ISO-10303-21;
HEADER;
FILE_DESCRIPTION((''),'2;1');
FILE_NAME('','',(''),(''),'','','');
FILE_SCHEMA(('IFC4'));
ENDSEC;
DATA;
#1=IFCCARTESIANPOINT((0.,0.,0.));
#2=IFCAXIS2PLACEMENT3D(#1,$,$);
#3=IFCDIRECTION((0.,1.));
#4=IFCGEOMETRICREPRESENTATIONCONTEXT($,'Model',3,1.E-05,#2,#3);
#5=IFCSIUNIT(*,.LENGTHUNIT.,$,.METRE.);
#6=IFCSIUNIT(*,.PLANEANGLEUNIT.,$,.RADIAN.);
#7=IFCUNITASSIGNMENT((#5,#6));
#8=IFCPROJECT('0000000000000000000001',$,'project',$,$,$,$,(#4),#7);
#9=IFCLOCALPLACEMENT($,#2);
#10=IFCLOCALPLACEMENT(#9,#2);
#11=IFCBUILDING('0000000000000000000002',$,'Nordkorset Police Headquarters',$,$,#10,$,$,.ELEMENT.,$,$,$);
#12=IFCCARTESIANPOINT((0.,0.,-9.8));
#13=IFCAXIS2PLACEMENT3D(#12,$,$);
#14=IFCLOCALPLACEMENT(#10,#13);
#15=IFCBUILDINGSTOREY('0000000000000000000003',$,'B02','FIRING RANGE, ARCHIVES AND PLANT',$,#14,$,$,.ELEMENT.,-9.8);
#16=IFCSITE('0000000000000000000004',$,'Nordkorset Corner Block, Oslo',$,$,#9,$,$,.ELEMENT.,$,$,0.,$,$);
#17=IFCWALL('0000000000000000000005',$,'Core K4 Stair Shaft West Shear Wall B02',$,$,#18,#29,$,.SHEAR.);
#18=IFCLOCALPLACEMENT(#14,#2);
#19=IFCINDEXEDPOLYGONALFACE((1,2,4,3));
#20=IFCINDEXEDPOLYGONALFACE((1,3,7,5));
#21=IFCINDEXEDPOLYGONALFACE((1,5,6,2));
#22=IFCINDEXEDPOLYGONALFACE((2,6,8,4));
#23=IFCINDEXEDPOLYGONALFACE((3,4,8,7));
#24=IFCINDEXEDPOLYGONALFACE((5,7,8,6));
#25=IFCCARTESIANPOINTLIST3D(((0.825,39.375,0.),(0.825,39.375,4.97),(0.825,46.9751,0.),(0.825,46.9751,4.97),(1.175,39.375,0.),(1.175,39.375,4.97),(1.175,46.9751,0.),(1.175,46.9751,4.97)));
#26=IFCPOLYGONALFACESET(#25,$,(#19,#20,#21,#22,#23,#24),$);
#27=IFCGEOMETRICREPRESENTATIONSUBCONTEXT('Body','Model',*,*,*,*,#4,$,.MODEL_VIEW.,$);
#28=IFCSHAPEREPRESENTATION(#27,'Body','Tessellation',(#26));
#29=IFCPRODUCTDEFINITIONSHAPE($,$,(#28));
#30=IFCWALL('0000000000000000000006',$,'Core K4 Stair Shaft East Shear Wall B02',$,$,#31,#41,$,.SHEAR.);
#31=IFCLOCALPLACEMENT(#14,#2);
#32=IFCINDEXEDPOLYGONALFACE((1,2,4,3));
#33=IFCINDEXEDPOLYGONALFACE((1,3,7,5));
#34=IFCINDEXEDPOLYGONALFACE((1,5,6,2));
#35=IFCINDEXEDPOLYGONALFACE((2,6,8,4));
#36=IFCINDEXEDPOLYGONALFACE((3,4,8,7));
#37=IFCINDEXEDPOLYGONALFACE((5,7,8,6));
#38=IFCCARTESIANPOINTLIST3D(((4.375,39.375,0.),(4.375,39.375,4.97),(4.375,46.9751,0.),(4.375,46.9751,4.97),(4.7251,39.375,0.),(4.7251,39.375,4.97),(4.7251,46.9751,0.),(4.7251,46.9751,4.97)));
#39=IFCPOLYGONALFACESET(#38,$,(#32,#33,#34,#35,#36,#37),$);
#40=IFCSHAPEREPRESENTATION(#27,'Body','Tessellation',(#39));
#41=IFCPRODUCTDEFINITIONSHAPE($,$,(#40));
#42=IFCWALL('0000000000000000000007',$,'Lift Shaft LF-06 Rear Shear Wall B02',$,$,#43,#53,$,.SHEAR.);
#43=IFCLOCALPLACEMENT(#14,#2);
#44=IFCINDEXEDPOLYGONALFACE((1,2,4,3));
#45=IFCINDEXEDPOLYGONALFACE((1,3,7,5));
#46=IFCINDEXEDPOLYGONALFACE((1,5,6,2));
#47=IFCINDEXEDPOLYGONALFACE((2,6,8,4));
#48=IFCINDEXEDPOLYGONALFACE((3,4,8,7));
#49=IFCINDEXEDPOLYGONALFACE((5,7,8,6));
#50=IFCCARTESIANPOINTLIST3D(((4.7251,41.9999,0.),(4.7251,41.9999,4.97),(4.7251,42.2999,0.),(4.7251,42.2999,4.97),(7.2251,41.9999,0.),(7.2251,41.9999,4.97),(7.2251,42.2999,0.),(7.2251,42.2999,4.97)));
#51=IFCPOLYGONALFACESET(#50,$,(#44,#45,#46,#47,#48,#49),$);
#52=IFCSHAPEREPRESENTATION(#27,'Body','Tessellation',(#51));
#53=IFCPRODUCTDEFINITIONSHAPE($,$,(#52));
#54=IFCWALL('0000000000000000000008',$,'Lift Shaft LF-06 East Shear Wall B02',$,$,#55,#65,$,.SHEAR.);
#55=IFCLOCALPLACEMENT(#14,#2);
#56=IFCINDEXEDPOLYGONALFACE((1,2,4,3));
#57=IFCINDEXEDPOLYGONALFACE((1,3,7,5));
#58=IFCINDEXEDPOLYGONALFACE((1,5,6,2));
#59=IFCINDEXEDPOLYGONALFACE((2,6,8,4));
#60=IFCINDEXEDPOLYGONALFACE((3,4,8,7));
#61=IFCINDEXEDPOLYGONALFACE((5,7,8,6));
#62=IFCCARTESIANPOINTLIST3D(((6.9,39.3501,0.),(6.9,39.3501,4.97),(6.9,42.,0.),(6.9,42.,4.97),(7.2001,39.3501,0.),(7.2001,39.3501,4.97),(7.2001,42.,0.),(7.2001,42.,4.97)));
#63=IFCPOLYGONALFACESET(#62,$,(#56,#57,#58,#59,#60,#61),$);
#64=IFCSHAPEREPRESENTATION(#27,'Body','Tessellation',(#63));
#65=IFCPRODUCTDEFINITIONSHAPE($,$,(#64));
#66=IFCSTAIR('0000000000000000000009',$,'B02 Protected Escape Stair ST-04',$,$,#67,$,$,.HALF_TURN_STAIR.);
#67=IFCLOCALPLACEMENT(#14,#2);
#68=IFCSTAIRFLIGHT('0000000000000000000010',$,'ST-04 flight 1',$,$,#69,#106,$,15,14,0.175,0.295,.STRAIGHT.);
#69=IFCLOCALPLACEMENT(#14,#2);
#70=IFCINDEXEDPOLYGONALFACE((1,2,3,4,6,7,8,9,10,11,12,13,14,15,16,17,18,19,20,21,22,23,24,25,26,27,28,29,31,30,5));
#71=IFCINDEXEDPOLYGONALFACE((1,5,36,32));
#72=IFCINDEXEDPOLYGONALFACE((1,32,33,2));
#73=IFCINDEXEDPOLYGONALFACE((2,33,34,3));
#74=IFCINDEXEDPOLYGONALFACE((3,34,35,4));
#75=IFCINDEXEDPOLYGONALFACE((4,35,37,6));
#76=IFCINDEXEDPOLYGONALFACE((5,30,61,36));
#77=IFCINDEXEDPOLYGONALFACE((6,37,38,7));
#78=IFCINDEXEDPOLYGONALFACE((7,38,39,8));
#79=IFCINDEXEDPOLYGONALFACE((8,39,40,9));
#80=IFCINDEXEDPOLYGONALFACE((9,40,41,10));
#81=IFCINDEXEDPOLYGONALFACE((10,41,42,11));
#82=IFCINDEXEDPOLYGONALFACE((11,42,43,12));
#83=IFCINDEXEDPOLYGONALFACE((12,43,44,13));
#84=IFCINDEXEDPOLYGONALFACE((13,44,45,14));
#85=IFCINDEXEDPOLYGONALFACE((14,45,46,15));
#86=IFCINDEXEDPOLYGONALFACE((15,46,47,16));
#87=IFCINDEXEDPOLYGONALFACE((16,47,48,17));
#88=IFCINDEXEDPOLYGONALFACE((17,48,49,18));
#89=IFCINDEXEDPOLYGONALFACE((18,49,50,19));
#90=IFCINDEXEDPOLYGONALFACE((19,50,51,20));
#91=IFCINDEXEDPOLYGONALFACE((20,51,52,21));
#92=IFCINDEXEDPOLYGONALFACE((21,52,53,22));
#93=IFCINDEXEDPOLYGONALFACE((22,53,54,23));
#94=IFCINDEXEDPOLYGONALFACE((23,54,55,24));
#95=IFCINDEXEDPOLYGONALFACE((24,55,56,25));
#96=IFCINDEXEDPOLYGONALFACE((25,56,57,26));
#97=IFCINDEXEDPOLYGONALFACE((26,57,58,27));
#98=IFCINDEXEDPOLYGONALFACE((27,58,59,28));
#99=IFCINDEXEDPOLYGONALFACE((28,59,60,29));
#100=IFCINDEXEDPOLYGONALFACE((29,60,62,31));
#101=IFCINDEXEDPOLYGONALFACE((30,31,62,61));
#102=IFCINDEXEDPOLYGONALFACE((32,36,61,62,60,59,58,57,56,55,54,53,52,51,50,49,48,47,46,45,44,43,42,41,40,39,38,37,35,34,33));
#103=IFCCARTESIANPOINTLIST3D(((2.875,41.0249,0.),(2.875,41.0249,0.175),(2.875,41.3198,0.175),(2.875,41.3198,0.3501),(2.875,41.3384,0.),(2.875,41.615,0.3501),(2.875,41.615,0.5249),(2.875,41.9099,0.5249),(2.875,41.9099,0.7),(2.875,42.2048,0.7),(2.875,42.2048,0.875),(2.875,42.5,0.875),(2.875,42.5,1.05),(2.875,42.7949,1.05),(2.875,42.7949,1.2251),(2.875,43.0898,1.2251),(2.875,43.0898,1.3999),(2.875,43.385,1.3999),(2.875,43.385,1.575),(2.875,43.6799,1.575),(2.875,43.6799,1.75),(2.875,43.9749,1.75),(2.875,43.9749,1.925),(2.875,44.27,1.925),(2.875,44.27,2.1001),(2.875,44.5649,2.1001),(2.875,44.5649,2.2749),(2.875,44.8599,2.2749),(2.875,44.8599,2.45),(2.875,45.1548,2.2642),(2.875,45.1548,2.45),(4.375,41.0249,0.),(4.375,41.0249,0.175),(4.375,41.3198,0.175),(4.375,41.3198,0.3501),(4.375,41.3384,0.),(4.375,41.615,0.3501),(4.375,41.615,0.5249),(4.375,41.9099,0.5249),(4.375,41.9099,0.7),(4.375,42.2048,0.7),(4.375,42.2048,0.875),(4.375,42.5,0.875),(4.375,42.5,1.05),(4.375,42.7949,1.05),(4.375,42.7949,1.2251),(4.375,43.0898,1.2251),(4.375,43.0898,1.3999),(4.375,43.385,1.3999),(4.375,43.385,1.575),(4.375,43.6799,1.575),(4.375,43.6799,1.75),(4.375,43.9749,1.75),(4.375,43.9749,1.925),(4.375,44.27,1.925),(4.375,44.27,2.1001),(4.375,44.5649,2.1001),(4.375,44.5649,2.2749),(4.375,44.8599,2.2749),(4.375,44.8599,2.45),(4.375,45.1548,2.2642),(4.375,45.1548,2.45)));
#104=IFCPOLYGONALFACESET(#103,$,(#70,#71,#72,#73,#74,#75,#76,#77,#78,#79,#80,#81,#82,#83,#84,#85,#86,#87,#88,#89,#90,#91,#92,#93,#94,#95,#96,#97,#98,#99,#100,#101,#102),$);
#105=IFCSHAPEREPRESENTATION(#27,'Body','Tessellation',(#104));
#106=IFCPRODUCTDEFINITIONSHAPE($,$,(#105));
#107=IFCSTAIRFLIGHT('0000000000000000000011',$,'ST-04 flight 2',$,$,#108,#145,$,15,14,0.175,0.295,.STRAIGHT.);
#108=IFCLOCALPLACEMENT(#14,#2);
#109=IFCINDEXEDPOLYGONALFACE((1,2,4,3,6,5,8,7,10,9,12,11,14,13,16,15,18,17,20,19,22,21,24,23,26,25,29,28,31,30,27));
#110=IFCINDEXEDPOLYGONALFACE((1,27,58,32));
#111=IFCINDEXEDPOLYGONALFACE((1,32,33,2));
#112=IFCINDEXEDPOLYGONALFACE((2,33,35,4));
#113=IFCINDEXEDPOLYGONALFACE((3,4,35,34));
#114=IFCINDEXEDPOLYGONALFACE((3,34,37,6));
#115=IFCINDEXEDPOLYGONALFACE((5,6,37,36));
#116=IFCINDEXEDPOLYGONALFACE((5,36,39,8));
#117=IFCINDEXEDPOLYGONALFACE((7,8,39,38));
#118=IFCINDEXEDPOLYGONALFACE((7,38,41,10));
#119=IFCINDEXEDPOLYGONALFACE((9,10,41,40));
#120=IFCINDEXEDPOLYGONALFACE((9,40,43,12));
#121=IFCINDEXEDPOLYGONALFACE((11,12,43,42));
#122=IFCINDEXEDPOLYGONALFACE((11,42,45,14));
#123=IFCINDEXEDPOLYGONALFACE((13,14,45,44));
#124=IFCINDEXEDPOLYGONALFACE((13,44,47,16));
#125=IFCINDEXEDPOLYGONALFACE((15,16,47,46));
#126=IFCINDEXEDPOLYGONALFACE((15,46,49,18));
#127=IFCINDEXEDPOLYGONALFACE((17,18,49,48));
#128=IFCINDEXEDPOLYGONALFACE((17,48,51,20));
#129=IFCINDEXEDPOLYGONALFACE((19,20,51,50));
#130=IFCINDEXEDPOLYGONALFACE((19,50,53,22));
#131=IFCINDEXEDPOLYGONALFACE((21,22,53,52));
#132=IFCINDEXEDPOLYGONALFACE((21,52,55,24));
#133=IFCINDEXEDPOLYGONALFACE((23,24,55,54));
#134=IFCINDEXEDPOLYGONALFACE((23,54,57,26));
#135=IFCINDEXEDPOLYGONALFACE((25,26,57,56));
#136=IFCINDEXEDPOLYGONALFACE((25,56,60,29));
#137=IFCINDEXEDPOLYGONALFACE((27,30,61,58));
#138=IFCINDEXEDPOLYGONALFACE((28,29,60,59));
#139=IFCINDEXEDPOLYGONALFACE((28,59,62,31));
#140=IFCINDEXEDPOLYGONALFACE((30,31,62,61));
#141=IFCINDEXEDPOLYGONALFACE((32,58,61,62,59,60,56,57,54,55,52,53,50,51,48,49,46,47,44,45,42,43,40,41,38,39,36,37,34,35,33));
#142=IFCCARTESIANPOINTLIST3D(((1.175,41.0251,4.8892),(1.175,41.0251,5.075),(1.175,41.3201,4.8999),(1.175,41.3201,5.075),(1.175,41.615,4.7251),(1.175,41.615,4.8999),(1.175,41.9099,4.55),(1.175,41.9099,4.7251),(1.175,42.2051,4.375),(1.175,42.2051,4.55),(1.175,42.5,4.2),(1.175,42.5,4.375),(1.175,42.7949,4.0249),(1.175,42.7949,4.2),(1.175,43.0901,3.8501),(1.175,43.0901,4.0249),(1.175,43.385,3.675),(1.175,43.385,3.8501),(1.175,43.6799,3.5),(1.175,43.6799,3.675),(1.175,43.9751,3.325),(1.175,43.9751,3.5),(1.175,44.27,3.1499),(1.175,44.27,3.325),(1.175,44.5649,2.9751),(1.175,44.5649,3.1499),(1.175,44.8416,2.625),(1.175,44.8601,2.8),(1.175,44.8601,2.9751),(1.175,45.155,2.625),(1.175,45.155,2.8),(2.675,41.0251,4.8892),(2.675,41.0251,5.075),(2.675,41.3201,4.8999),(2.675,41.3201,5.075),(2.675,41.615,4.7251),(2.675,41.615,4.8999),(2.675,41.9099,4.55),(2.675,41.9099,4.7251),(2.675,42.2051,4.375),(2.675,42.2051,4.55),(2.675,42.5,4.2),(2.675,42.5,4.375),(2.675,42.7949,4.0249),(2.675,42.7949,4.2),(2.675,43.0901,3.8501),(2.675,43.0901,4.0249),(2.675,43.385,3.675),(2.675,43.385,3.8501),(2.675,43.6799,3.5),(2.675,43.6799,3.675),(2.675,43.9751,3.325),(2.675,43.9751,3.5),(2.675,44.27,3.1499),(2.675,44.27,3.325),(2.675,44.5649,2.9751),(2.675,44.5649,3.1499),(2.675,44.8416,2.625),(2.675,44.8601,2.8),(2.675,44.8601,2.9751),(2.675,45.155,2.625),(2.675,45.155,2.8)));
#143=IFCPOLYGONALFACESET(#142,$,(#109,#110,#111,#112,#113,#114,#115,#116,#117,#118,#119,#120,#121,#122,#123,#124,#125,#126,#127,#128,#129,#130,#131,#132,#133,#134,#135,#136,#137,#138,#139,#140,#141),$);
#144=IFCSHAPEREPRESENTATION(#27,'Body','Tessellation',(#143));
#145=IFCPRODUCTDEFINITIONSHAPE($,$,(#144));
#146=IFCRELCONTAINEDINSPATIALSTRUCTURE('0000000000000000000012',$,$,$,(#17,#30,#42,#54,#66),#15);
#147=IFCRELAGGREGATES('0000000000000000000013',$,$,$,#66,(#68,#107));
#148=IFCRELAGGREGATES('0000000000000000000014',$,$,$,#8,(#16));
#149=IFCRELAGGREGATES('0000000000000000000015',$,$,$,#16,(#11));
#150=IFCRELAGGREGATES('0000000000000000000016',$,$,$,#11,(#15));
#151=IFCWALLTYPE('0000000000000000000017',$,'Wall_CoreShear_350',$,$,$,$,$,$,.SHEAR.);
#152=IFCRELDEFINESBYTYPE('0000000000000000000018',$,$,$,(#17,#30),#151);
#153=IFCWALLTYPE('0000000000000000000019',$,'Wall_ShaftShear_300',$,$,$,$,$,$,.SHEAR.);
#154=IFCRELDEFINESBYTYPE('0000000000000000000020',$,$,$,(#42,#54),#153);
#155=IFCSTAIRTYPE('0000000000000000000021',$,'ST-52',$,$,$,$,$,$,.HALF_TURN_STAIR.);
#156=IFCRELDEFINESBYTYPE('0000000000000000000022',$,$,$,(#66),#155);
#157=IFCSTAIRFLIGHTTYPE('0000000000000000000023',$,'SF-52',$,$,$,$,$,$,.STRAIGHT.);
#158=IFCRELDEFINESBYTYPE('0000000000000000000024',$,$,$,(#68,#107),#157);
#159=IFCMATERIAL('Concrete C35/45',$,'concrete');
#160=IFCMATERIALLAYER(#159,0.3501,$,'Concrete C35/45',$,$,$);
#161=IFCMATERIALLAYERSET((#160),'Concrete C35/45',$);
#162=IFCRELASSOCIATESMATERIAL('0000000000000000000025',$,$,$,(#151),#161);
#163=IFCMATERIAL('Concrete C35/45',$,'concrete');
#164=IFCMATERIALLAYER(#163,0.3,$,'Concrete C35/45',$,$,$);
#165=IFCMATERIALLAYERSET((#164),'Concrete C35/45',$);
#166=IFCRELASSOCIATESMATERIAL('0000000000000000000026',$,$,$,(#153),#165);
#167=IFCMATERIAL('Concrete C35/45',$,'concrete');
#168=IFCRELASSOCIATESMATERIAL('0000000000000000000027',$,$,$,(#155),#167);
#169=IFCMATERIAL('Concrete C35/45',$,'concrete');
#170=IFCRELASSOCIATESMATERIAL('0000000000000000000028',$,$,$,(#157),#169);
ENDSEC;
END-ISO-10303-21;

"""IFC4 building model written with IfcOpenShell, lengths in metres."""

from ifc_helpers import new_model, si_unit, direction, frame, frame_2d, origin, place, context, subcontext, project, spatial, polyline, rectangle, outline, extrude, material, layer, layer_set, type_object, element, aggregate, save


model = new_model("IFC4")

# Units and contexts
model_context = context("Model", 3, precision=1e-05, world=origin(), true_north=direction((0.0, 1.0)))
body_context = subcontext(model_context, "Body", "Model", "MODEL_VIEW")
ifc_project = project(units=[si_unit("LENGTHUNIT", "METRE"), si_unit("PLANEANGLEUNIT", "RADIAN")], contexts=[model_context])

# Site, building, storey
site_placement = place(None, origin())
site = spatial("IfcSite", under=ifc_project, at=site_placement, Name="Nordkorset Corner Block, Oslo", CompositionType="ELEMENT", RefElevation=0.0)
building_placement = place(site_placement, origin())
building = spatial("IfcBuilding", under=site, at=building_placement, Name="Nordkorset Police Headquarters", CompositionType="ELEMENT")
storey_placement = place(building_placement, frame((0.0, 0.0, -9.8)))
storey = spatial("IfcBuildingStorey", under=building, at=storey_placement, Name="B02", Description="FIRING RANGE, ARCHIVES AND PLANT", CompositionType="ELEMENT", Elevation=-9.8)

# Shared definitions
ifc_material_1 = material(Name="Concrete C35/45", Category="concrete")
ifc_layer_1 = layer(ifc_material_1, 0.3501, Name="Concrete C35/45")
ifc_layer_set_1 = layer_set([ifc_layer_1], Name="Concrete C35/45")
wall_type_1 = type_object("IfcWallType", Name="Wall_CoreShear_350", PredefinedType="SHEAR", material=ifc_layer_set_1)

# Walls
for number, where, z_axis, x_axis, name in (
    (1, (1.0, 39.375, 0.0), (0.0, 0.0, 1.0), (0.0, 1.0, 0.0), "Core K4 Stair Shaft West Shear Wall B02"),
    (2, (4.55, 39.375, 0.0), (0.0, 0.0, 1.0), (0.0, 1.0, 0.0), "Core K4 Stair Shaft East Shear Wall B02"),
):
    element("IfcWall", number, at=place(storey_placement, frame(where, z_axis=z_axis, x_axis=x_axis)), inside=storey, type_object=wall_type_1, Name=name, PredefinedType="SHEAR", context=body_context, shape_type="SweptSolid", body=[
        extrude(rectangle(XDim=7.6001, YDim=0.3501, at=frame_2d((3.8, 0.0))), origin(), (0.0, 0.0, 1.0), 4.97),
    ])

# Shared definitions
ifc_material_2 = material(Name="Concrete C35/45", Category="concrete")
ifc_layer_2 = layer(ifc_material_2, 0.3, Name="Concrete C35/45")
ifc_layer_set_2 = layer_set([ifc_layer_2], Name="Concrete C35/45")
wall_type_2 = type_object("IfcWallType", Name="Wall_ShaftShear_300", PredefinedType="SHEAR", material=ifc_layer_set_2)

# Walls
wall_1_placement = place(storey_placement, frame((4.7251, 42.1499, 0.0), z_axis=(0.0, 0.0, 1.0), x_axis=(1.0, 0.0, 0.0)))
element("IfcWall", 3, at=wall_1_placement, inside=storey, type_object=wall_type_2, Name="Lift Shaft LF-06 Rear Shear Wall B02", PredefinedType="SHEAR", context=body_context, shape_type="SweptSolid", body=[
    extrude(rectangle(XDim=2.5, YDim=0.3, at=frame_2d((1.25, 0.0))), origin(), (0.0, 0.0, 1.0), 4.97),
])
wall_2_placement = place(storey_placement, frame((7.05, 39.3501, 0.0), z_axis=(0.0, 0.0, 1.0), x_axis=(0.0, 1.0, 0.0)))
element("IfcWall", 4, at=wall_2_placement, inside=storey, type_object=wall_type_2, Name="Lift Shaft LF-06 East Shear Wall B02", PredefinedType="SHEAR", context=body_context, shape_type="SweptSolid", body=[
    extrude(rectangle(XDim=2.6499, YDim=0.3, at=frame_2d((1.325, 0.0))), origin(), (0.0, 0.0, 1.0), 4.97),
])

# Stair, stair flights
ifc_material_3 = material(Name="Concrete C35/45", Category="concrete")
stair_type = type_object("IfcStairType", Name="ST-52", PredefinedType="HALF_TURN_STAIR", material=ifc_material_3)
stair_placement = place(storey_placement, origin())
stair = element("IfcStair", 5, at=stair_placement, inside=storey, type_object=stair_type, Name="B02 Protected Escape Stair ST-04", PredefinedType="HALF_TURN_STAIR")
ifc_material_4 = material(Name="Concrete C35/45", Category="concrete")
stair_flight_type = type_object("IfcStairFlightType", Name="SF-52", PredefinedType="STRAIGHT", material=ifc_material_4)
stair_flight_1_placement = place(storey_placement, frame((3.625, 41.0249, 0.0), z_axis=(0.0, 0.0, 1.0), x_axis=(0.0, 1.0, 0.0)))
stair_flight_1 = element("IfcStairFlight", 6, at=stair_flight_1_placement, type_object=stair_flight_type, Name="ST-04 flight 1", NumberOfRisers=15, NumberOfTreads=14, PredefinedType="STRAIGHT", RiserHeight=0.175, TreadLength=0.295, context=body_context, shape_type="SweptSolid", body=[
    extrude(outline(polyline([(0.0, 0.0), (0.0, 0.175), (0.2949, 0.175), (0.2949, 0.3501), (0.5901, 0.3501), (0.5901, 0.5249), (0.885, 0.5249), (0.885, 0.7), (1.1799, 0.7), (1.1799, 0.875), (1.4751, 0.875), (1.4751, 1.05), (1.77, 1.05), (1.77, 1.2251), (2.0649, 1.2251), (2.0649, 1.3999), (2.3601, 1.3999), (2.3601, 1.575), (2.655, 1.575), (2.655, 1.75), (2.95, 1.75), (2.95, 1.925), (3.2451, 1.925), (3.2451, 2.1001), (3.54, 2.1001), (3.54, 2.2749), (3.835, 2.2749), (3.835, 2.45), (4.1299, 2.45), (4.1299, 2.625), (4.1299, 2.2642), (0.3135, 0.0), (0.0, 0.0)])), frame((0.0, 0.75, 0.0), z_axis=(0.0, -1.0, 0.0), x_axis=(1.0, 0.0, 0.0)), (0.0, 0.0, 1.0), 1.5),
])
stair_flight_2_placement = place(storey_placement, frame((1.925, 45.155, 2.625), z_axis=(0.0, 0.0, 1.0), x_axis=(0.0, -1.0, 0.0)))
stair_flight_2 = element("IfcStairFlight", 7, at=stair_flight_2_placement, type_object=stair_flight_type, Name="ST-04 flight 2", NumberOfRisers=15, NumberOfTreads=14, PredefinedType="STRAIGHT", RiserHeight=0.175, TreadLength=0.295, context=body_context, shape_type="SweptSolid", body=[
    extrude(outline(polyline([(0.0, 0.0), (0.0, 0.175), (0.2949, 0.175), (0.2949, 0.3501), (0.5901, 0.3501), (0.5901, 0.5249), (0.885, 0.5249), (0.885, 0.7), (1.1799, 0.7), (1.1799, 0.875), (1.4751, 0.875), (1.4751, 1.05), (1.77, 1.05), (1.77, 1.2251), (2.0649, 1.2251), (2.0649, 1.3999), (2.3601, 1.3999), (2.3601, 1.575), (2.655, 1.575), (2.655, 1.75), (2.95, 1.75), (2.95, 1.925), (3.2451, 1.925), (3.2451, 2.1001), (3.54, 2.1001), (3.54, 2.2749), (3.835, 2.2749), (3.835, 2.45), (4.1299, 2.45), (4.1299, 2.625), (4.1299, 2.2642), (0.3135, 0.0), (0.0, 0.0)])), frame((0.0, 0.75, 0.0), z_axis=(0.0, -1.0, 0.0), x_axis=(1.0, 0.0, 0.0)), (0.0, 0.0, 1.0), 1.5),
])
aggregate(stair, [stair_flight_1, stair_flight_2])

save(model, "model.ifc")
